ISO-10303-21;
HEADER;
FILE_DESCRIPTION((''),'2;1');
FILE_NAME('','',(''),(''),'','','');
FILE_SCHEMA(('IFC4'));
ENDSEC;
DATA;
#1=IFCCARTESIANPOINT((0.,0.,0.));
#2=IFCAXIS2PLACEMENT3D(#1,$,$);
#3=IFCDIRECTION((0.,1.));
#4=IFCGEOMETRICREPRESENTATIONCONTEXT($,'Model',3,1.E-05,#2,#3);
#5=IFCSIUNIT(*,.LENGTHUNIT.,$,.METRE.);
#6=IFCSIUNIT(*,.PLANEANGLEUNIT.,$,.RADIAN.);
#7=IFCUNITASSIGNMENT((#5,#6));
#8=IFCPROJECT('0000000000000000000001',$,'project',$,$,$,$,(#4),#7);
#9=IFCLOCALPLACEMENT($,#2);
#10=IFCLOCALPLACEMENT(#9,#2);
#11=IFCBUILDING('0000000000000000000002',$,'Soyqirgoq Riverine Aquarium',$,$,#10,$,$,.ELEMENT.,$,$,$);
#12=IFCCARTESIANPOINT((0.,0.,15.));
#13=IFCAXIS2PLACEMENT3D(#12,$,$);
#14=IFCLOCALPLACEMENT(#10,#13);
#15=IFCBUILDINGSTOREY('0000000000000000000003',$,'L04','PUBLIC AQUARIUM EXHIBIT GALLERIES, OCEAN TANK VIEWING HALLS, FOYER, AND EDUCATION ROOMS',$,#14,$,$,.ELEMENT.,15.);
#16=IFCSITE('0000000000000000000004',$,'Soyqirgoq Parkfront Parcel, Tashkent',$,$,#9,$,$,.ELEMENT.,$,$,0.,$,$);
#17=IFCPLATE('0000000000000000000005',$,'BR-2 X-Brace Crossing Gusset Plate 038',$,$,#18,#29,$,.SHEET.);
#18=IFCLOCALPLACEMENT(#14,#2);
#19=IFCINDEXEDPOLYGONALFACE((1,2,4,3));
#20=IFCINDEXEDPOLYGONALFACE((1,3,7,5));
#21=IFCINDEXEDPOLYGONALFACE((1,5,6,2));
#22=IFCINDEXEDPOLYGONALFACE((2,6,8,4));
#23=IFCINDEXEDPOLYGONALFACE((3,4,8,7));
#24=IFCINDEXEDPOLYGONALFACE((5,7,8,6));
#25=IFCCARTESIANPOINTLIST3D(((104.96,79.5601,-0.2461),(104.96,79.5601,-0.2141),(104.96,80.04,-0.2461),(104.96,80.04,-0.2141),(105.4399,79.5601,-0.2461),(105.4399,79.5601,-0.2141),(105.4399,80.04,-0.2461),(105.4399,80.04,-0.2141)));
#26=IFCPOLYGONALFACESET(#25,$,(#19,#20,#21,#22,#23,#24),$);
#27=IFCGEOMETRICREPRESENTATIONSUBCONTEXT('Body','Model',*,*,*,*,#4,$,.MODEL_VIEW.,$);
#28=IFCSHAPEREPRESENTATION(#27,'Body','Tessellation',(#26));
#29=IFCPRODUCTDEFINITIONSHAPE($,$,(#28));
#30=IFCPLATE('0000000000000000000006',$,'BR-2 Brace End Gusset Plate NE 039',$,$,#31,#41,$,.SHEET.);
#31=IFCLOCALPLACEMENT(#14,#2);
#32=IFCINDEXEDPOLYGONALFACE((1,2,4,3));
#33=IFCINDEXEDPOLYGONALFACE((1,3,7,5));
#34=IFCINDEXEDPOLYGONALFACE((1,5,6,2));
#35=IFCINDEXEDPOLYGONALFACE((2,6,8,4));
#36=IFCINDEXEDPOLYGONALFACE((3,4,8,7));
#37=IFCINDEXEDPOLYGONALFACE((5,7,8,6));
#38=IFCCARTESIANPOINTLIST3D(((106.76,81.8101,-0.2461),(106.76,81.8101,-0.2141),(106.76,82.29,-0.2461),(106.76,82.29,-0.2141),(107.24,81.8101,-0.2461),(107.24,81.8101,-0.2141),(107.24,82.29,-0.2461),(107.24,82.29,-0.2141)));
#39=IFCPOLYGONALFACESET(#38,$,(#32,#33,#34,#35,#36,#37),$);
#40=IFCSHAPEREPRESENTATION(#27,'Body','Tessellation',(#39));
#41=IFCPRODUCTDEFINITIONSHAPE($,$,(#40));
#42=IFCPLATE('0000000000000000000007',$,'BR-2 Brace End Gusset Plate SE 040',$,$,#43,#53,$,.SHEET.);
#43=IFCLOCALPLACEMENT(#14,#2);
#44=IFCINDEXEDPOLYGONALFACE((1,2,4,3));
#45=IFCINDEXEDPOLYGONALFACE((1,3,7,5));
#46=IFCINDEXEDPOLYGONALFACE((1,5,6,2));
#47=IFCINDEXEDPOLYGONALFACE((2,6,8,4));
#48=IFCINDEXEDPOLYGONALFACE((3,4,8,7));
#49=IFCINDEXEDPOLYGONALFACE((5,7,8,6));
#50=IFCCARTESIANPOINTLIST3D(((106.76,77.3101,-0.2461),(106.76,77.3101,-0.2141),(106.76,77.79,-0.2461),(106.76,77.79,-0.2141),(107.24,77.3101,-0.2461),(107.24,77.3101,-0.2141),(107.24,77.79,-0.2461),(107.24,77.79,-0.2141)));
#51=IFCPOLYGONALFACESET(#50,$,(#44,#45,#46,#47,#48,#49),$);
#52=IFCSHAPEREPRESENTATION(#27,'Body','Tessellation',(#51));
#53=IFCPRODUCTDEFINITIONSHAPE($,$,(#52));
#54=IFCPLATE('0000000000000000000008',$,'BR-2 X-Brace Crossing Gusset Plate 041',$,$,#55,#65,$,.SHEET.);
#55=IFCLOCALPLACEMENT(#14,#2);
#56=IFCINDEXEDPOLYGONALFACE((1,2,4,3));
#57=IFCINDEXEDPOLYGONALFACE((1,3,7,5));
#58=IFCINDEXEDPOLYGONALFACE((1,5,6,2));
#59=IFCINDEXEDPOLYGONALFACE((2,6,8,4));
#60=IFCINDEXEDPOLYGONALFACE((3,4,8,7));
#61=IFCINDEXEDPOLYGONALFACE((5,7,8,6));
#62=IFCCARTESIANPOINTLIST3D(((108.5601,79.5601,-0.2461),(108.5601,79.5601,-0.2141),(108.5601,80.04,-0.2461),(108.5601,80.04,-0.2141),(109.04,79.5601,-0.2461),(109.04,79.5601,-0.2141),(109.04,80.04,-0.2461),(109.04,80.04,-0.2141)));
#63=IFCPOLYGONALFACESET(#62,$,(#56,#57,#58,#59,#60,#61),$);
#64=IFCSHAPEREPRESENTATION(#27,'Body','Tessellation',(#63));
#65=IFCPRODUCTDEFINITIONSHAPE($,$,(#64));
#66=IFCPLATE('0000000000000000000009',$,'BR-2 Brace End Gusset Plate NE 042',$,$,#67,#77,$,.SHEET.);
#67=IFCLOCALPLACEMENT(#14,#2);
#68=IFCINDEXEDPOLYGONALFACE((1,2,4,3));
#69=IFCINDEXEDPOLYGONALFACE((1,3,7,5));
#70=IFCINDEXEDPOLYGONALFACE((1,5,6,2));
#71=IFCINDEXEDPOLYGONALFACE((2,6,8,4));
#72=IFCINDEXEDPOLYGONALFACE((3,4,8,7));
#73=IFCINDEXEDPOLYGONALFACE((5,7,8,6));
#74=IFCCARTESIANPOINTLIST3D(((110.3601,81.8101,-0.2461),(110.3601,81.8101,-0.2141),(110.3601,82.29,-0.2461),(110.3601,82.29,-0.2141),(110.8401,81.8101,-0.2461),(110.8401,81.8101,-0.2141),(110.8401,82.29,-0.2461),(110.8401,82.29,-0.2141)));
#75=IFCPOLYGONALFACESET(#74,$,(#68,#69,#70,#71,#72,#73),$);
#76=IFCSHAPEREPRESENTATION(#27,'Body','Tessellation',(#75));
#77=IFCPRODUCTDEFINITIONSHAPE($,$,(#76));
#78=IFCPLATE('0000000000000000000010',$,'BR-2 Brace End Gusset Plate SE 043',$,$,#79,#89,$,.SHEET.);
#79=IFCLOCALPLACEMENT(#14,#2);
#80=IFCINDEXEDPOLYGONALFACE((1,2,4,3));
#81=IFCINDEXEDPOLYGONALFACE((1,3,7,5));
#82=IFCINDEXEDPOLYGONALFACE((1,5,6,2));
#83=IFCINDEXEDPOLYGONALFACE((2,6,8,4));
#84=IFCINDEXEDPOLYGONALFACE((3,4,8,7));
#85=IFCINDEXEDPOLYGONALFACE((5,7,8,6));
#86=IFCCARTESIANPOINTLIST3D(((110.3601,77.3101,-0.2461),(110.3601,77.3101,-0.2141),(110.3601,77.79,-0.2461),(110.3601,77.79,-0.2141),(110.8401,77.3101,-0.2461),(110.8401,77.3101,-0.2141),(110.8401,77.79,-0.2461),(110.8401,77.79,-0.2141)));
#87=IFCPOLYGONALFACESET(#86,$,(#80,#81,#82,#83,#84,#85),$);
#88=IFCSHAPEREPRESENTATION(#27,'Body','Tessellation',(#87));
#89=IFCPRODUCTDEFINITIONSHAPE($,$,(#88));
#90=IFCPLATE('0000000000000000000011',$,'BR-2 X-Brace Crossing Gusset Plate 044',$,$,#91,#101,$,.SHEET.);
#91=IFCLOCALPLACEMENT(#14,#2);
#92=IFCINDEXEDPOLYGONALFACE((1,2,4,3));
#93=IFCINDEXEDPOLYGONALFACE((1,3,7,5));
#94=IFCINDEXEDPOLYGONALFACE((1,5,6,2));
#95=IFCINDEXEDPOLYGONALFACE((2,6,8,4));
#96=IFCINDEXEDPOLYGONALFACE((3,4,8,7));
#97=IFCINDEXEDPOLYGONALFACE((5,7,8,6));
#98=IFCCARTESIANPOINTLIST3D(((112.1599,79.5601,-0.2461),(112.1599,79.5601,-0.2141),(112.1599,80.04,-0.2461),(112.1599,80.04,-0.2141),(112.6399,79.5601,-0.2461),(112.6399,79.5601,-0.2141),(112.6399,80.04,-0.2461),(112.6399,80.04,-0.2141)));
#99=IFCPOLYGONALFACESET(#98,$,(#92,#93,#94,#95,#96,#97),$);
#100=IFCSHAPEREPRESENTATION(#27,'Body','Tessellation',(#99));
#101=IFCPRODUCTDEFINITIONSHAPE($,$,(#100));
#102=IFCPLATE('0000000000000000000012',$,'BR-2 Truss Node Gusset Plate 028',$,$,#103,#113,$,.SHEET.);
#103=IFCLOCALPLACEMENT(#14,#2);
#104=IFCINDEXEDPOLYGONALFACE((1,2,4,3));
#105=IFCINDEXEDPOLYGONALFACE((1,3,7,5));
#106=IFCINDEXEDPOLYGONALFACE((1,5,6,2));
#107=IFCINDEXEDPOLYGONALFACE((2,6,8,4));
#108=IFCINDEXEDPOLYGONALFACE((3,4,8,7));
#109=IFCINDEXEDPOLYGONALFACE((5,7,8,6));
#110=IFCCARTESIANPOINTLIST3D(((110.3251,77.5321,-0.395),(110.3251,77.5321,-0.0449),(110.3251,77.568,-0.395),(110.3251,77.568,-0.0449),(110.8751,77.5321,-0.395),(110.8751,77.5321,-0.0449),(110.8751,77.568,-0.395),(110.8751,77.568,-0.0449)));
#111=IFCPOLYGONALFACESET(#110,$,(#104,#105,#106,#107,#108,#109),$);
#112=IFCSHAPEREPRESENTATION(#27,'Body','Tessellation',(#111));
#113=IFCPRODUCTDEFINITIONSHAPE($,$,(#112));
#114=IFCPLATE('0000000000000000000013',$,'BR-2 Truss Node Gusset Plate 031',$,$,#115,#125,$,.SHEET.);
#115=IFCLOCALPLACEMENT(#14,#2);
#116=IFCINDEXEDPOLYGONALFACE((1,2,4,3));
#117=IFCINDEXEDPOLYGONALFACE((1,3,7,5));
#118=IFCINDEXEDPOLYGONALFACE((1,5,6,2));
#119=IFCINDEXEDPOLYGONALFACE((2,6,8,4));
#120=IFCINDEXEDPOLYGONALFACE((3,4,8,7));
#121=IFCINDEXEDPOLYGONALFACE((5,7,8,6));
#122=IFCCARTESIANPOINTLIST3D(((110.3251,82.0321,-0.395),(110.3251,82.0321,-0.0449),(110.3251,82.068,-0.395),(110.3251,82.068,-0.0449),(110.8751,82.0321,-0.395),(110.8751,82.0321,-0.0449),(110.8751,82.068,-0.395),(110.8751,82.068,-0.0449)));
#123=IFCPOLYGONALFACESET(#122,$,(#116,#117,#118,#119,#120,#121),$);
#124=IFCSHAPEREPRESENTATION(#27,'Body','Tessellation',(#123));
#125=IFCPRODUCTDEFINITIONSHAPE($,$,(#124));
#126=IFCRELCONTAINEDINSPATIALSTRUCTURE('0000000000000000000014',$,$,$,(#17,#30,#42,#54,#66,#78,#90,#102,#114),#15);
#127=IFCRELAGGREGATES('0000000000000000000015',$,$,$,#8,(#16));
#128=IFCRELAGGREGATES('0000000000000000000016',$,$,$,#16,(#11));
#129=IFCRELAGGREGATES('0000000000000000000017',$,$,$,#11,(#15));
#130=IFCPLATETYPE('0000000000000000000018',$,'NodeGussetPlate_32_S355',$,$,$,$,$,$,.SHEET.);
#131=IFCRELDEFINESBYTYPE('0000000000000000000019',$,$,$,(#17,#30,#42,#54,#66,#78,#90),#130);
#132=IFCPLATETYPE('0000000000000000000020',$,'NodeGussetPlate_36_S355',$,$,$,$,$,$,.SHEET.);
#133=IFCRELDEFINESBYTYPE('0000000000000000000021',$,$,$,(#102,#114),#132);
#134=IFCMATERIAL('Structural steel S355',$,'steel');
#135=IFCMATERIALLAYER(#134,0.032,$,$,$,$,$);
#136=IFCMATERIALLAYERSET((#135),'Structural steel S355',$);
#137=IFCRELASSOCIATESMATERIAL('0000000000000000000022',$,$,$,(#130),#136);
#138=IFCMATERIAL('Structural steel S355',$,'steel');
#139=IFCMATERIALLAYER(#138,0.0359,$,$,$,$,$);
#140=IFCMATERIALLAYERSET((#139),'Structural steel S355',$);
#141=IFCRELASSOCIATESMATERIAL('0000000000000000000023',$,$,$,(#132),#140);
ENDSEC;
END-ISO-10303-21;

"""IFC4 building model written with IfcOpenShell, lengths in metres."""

from ifc_helpers import new_model, si_unit, direction, frame, origin, origin_2d, place, context, subcontext, project, spatial, rectangle, extrude, material, layer, layer_set, type_object, element, save


model = new_model("IFC4")

# Units and contexts
model_context = context("Model", 3, precision=1e-05, world=origin(), true_north=direction((0.0, 1.0)))
body_context = subcontext(model_context, "Body", "Model", "MODEL_VIEW")
ifc_project = project(units=[si_unit("LENGTHUNIT", "METRE"), si_unit("PLANEANGLEUNIT", "RADIAN")], contexts=[model_context])

# Site, building, storey
site_placement = place(None, origin())
site = spatial("IfcSite", under=ifc_project, at=site_placement, Name="Soyqirgoq Parkfront Parcel, Tashkent", CompositionType="ELEMENT", RefElevation=0.0)
building_placement = place(site_placement, origin())
building = spatial("IfcBuilding", under=site, at=building_placement, Name="Soyqirgoq Riverine Aquarium", CompositionType="ELEMENT")
storey_placement = place(building_placement, frame((0.0, 0.0, 15.0)))
storey = spatial("IfcBuildingStorey", under=building, at=storey_placement, Name="L04", Description="PUBLIC AQUARIUM EXHIBIT GALLERIES, OCEAN TANK VIEWING HALLS, FOYER, AND EDUCATION ROOMS", CompositionType="ELEMENT", Elevation=15.0)

# Plates
ifc_material_1 = material(Name="Structural steel S355", Category="steel")
ifc_layer_1 = layer(ifc_material_1, 0.032)
ifc_layer_set_1 = layer_set([ifc_layer_1], Name="Structural steel S355")
plate_type_1 = type_object("IfcPlateType", Name="NodeGussetPlate_32_S355", PredefinedType="SHEET", material=ifc_layer_set_1)
for number, where, z_axis, x_axis, name in (
    (1, (105.2, 79.8, -0.2461), (0.0, 0.0, 1.0), (1.0, 0.0, 0.0), "BR-2 X-Brace Crossing Gusset Plate 038"),
    (2, (107.0, 82.05, -0.2461), (0.0, 0.0, 1.0), (1.0, 0.0, 0.0), "BR-2 Brace End Gusset Plate NE 039"),
    (3, (107.0, 77.55, -0.2461), (0.0, 0.0, 1.0), (1.0, 0.0, 0.0), "BR-2 Brace End Gusset Plate SE 040"),
    (4, (108.8, 79.8, -0.2461), (0.0, 0.0, 1.0), (1.0, 0.0, 0.0), "BR-2 X-Brace Crossing Gusset Plate 041"),
    (5, (110.6001, 82.05, -0.2461), (0.0, 0.0, 1.0), (1.0, 0.0, 0.0), "BR-2 Brace End Gusset Plate NE 042"),
    (6, (110.6001, 77.55, -0.2461), (0.0, 0.0, 1.0), (1.0, 0.0, 0.0), "BR-2 Brace End Gusset Plate SE 043"),
    (7, (112.3999, 79.8, -0.2461), (0.0, 0.0, 1.0), (1.0, 0.0, 0.0), "BR-2 X-Brace Crossing Gusset Plate 044"),
):
    element("IfcPlate", number, at=place(storey_placement, frame(where, z_axis=z_axis, x_axis=x_axis)), inside=storey, type_object=plate_type_1, Name=name, PredefinedType="SHEET", context=body_context, shape_type="SweptSolid", body=[
        extrude(rectangle(XDim=0.48, YDim=0.48, at=origin_2d()), origin(), (0.0, 0.0, 1.0), 0.032),
    ])
ifc_material_2 = material(Name="Structural steel S355", Category="steel")
ifc_layer_2 = layer(ifc_material_2, 0.0359)
ifc_layer_set_2 = layer_set([ifc_layer_2], Name="Structural steel S355")
plate_type_2 = type_object("IfcPlateType", Name="NodeGussetPlate_36_S355", PredefinedType="SHEET", material=ifc_layer_set_2)
for number, where, z_axis, x_axis, name in (
    (8, (110.6001, 77.55, -0.395), (0.0, 0.0, 1.0), (1.0, 0.0, 0.0), "BR-2 Truss Node Gusset Plate 028"),
    (9, (110.6001, 82.05, -0.395), (0.0, 0.0, 1.0), (1.0, 0.0, 0.0), "BR-2 Truss Node Gusset Plate 031"),
):
    element("IfcPlate", number, at=place(storey_placement, frame(where, z_axis=z_axis, x_axis=x_axis)), inside=storey, type_object=plate_type_2, Name=name, PredefinedType="SHEET", context=body_context, shape_type="SweptSolid", body=[
        extrude(rectangle(XDim=0.55, YDim=0.0359, at=origin_2d()), origin(), (0.0, 0.0, 1.0), 0.3501),
    ])

save(model, "model.ifc")
